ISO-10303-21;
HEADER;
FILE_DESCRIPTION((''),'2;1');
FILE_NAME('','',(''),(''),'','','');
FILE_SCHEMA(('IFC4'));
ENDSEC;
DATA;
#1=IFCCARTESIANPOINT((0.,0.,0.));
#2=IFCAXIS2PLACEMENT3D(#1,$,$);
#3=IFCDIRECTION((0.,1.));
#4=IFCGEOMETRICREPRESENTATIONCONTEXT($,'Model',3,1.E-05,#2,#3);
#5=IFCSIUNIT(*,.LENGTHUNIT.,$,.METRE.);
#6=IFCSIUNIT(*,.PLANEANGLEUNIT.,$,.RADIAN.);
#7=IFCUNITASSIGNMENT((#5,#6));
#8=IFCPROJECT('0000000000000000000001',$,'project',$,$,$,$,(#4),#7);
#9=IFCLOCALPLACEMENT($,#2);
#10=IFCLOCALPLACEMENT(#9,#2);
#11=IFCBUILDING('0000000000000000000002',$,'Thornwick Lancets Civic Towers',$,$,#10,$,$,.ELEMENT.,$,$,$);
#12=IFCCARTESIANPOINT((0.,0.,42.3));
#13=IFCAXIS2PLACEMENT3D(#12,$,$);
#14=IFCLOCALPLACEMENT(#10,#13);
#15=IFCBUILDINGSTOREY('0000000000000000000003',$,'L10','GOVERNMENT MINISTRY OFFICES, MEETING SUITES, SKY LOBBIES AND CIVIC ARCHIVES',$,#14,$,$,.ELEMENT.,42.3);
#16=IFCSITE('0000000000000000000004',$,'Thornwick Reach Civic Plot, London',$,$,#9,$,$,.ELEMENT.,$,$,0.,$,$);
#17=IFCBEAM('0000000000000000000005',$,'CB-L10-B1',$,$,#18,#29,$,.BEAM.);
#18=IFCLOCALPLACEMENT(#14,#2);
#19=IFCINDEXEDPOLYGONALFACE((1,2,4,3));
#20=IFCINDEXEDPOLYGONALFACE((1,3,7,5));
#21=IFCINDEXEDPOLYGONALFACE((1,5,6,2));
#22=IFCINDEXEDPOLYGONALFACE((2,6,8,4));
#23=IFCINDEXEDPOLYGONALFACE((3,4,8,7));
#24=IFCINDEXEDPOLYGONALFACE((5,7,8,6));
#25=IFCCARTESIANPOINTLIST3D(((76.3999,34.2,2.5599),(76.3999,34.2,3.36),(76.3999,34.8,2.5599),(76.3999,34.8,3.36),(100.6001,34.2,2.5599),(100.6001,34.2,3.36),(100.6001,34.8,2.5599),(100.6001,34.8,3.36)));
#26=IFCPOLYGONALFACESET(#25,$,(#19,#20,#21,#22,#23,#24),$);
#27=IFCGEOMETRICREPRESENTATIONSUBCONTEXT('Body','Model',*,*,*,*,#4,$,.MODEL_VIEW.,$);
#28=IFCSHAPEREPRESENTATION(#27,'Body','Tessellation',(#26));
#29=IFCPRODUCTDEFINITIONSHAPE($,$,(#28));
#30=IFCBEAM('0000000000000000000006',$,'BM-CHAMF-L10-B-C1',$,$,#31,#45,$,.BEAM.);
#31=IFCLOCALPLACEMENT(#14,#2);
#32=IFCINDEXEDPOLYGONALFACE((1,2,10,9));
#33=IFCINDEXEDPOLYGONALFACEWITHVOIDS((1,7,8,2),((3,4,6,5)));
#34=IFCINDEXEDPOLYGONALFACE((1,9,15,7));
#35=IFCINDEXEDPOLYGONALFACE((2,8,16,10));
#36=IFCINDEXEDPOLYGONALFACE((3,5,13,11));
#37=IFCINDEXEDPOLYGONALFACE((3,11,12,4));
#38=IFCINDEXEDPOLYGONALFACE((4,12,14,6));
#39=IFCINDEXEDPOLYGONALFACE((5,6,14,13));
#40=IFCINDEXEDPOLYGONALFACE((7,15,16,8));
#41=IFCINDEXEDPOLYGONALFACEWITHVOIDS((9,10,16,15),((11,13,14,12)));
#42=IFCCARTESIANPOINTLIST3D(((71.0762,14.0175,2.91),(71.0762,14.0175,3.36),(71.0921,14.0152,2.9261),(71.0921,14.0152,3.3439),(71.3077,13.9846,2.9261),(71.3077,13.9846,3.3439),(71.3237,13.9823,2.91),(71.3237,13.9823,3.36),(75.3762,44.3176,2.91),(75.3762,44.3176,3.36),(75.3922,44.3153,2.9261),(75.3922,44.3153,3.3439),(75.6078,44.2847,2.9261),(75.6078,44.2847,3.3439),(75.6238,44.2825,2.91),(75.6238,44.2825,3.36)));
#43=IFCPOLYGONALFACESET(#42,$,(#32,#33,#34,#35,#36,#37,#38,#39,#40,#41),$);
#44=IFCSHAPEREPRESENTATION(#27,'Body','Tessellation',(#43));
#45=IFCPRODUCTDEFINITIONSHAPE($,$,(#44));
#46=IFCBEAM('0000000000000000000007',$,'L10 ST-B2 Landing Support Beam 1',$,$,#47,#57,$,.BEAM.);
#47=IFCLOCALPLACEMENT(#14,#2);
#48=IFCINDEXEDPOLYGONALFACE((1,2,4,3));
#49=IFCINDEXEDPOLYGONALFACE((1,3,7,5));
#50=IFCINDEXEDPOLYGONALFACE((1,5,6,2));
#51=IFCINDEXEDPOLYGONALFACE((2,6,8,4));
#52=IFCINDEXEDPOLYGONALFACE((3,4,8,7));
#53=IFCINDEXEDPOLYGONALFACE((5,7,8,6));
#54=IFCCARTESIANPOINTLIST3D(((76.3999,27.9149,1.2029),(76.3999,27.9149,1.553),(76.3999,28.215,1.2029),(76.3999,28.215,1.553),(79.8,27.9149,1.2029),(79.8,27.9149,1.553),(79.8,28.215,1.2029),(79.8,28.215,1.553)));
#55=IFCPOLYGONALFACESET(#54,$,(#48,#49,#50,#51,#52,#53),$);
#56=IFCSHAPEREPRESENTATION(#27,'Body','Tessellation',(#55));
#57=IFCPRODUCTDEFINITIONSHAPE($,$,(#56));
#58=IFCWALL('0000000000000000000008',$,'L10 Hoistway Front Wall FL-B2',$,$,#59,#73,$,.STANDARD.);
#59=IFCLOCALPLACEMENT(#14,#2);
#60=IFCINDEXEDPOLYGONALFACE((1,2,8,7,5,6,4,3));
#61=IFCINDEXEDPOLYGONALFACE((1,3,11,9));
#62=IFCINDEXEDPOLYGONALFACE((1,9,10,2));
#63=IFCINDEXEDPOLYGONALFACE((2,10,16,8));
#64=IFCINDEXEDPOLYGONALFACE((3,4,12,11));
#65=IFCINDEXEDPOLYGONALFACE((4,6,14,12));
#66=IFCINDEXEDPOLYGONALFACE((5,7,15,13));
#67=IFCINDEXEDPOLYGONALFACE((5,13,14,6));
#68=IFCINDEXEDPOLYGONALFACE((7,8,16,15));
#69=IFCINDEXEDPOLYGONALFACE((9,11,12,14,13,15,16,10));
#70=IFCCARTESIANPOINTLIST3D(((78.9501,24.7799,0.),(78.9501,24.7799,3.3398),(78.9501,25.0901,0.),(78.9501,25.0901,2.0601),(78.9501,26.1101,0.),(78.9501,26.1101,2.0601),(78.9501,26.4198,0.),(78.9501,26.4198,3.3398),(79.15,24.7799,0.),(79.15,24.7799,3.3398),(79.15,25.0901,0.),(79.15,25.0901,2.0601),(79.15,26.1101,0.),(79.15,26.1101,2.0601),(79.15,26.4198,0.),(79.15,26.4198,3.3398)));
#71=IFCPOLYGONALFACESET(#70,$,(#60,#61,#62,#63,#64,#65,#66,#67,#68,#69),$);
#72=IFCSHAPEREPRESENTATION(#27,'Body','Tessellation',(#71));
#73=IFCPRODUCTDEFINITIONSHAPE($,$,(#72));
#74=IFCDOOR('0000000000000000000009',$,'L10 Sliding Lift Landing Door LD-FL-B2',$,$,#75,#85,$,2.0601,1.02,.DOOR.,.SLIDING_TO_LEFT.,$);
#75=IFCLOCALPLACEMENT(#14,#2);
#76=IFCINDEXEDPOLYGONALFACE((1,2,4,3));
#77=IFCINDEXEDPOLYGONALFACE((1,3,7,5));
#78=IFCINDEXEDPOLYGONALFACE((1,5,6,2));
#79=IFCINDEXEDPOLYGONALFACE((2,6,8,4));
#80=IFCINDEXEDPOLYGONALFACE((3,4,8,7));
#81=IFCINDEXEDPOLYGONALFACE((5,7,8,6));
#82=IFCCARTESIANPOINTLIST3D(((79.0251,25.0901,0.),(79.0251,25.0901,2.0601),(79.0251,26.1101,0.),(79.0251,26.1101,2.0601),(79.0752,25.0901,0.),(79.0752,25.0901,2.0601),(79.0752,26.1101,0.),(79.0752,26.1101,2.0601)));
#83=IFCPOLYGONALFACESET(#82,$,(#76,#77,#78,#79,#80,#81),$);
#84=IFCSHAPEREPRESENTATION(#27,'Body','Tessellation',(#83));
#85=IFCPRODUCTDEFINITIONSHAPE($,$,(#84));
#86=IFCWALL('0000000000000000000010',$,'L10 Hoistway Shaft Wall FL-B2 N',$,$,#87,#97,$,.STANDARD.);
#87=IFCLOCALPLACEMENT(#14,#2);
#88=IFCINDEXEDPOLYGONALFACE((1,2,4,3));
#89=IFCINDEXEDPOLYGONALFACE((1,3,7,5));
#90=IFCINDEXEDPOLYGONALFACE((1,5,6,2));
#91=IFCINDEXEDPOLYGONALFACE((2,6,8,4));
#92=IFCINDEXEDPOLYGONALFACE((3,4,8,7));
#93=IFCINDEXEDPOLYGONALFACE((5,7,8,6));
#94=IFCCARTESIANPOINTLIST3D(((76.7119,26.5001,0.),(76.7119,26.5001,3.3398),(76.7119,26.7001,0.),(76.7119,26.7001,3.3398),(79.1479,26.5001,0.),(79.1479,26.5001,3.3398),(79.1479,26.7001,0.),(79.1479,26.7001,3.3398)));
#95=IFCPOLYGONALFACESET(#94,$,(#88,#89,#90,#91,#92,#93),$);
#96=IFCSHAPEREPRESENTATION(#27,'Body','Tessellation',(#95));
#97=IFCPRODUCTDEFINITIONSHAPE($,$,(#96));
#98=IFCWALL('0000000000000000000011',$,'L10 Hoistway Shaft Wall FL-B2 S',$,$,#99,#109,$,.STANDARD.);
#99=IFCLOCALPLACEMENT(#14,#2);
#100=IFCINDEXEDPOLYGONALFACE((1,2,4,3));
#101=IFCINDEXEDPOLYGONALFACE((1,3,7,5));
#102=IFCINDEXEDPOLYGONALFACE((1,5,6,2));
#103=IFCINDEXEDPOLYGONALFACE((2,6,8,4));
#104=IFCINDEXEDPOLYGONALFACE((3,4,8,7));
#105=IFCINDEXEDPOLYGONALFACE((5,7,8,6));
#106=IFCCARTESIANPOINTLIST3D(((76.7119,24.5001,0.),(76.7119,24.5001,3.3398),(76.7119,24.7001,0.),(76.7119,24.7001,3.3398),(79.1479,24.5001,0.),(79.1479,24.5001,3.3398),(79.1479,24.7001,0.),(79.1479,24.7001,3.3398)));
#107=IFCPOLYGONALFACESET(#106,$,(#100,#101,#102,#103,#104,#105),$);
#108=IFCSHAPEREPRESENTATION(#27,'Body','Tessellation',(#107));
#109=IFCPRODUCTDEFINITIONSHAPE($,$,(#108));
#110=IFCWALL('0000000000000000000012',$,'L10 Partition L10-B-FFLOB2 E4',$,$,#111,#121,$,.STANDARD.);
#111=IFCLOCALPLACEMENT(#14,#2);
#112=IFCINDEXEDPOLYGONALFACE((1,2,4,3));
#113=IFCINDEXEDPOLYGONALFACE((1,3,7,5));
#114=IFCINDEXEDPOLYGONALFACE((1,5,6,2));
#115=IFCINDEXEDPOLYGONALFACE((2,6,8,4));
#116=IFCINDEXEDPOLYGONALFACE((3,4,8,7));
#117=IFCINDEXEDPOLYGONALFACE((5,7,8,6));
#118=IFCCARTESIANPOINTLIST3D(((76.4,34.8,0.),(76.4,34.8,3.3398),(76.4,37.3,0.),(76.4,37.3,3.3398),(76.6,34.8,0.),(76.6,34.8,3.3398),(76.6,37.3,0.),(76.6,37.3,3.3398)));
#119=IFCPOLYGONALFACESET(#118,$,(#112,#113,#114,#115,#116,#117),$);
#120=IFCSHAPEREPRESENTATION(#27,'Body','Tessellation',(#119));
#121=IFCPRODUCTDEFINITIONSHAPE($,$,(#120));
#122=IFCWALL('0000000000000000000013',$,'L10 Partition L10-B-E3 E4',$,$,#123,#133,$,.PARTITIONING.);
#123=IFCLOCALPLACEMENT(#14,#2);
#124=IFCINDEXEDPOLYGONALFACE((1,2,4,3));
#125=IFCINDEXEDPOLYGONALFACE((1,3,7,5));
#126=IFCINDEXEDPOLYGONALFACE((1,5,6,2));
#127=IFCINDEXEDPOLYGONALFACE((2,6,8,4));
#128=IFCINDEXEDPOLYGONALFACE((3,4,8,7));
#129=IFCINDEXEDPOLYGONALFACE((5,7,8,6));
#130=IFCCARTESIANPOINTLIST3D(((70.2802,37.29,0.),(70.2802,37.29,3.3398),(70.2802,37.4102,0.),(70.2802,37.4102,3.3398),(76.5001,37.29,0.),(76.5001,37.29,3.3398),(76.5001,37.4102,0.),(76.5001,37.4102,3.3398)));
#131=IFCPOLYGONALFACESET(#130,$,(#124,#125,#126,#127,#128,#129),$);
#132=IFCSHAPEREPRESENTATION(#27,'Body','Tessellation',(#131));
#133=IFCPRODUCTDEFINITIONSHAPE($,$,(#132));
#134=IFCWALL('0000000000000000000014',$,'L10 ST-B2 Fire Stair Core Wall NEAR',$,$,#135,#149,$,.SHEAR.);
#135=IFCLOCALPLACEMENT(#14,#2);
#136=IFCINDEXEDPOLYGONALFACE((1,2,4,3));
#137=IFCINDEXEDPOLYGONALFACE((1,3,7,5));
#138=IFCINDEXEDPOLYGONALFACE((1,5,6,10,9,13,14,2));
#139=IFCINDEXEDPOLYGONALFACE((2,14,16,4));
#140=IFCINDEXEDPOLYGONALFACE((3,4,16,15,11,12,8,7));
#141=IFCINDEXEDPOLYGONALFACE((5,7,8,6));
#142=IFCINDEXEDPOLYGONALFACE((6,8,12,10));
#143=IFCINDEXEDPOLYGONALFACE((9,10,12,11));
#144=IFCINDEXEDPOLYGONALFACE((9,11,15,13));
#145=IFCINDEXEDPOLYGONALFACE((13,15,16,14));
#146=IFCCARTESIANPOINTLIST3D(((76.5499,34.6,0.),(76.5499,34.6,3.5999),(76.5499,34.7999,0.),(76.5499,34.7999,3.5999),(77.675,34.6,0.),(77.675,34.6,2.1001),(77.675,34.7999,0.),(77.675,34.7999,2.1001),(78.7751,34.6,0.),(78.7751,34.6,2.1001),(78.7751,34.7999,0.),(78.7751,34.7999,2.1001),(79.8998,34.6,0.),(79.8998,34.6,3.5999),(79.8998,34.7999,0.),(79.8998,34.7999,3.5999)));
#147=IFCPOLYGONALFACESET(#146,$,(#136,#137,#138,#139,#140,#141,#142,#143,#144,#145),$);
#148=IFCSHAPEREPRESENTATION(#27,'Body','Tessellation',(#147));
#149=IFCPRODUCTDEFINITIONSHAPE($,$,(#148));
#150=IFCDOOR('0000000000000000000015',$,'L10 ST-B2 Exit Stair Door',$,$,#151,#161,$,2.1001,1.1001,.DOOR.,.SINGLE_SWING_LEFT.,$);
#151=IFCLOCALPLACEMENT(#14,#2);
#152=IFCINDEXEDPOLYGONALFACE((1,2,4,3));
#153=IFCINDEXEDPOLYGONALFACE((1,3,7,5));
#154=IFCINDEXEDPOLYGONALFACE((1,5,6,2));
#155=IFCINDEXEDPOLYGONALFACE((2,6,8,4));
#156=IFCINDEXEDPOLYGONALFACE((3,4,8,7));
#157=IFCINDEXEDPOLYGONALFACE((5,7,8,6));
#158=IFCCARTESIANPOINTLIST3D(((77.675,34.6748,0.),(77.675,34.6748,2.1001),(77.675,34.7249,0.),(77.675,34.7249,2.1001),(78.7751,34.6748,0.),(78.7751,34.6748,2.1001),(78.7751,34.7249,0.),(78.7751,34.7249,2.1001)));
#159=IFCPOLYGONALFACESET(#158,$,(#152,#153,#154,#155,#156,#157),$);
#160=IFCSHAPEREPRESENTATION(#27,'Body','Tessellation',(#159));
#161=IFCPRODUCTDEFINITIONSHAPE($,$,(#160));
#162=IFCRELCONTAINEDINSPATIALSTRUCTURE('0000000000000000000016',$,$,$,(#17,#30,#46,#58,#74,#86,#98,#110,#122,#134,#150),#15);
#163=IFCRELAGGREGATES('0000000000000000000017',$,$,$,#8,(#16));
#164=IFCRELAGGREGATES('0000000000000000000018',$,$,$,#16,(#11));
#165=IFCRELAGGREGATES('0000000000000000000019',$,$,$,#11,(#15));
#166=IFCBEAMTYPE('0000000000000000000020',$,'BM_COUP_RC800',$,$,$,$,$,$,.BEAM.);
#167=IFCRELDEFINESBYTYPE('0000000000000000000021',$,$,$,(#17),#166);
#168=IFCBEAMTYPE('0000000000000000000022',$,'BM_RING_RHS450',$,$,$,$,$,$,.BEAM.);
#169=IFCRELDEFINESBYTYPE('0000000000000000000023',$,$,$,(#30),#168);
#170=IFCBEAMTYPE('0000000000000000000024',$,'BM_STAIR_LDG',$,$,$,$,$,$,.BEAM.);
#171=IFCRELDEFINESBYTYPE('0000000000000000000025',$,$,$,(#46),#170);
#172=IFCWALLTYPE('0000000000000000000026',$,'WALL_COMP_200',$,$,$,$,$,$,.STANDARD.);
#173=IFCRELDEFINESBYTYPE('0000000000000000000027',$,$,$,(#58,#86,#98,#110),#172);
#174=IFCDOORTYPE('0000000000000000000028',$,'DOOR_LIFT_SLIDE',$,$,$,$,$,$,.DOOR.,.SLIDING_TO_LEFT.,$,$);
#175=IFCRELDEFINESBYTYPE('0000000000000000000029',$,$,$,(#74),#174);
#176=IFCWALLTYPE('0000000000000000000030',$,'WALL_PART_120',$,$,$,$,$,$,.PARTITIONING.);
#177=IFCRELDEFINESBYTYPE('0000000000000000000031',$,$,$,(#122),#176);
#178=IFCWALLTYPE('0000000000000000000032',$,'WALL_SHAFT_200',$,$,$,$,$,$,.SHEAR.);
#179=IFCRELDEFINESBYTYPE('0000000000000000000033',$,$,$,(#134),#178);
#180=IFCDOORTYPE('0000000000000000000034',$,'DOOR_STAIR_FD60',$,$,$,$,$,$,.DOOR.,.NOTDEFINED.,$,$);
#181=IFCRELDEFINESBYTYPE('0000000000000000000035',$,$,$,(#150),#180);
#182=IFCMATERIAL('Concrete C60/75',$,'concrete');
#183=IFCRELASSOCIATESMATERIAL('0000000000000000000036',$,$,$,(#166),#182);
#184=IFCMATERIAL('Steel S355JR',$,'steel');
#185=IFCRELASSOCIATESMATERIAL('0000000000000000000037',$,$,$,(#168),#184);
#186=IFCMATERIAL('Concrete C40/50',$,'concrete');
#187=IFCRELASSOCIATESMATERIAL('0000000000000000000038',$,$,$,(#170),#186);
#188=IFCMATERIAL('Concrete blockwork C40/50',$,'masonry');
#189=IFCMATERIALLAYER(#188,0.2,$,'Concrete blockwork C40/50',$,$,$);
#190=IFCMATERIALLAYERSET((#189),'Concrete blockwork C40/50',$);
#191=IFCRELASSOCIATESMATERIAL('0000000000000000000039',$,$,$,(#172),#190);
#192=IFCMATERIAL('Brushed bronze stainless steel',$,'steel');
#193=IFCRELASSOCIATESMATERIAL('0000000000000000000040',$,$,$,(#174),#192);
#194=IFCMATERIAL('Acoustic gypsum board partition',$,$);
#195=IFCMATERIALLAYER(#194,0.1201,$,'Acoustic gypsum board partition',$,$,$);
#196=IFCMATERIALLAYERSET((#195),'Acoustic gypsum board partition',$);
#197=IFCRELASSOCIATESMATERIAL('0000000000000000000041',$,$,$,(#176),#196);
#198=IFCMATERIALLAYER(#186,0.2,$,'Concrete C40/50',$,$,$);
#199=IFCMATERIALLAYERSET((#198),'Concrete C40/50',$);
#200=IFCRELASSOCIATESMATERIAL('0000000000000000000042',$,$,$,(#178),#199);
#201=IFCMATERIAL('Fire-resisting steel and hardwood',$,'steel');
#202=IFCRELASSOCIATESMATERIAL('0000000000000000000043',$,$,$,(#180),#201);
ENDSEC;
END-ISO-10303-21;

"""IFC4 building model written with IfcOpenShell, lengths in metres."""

from ifc_helpers import new_model, si_unit, direction, frame, frame_2d, origin, origin_2d, place, context, subcontext, project, spatial, rectangle, hollow_rectangle, extrude, material, layer, layer_set, material_profile, profile_set, type_object, element, fill, save


model = new_model("IFC4")

# Units and contexts
model_context = context("Model", 3, precision=1e-05, world=origin(), true_north=direction((0.0, 1.0)))
body_context = subcontext(model_context, "Body", "Model", "MODEL_VIEW")
ifc_project = project(units=[si_unit("LENGTHUNIT", "METRE"), si_unit("PLANEANGLEUNIT", "RADIAN")], contexts=[model_context])

# Site, building, storey
site_placement = place(None, origin())
site = spatial("IfcSite", under=ifc_project, at=site_placement, Name="Thornwick Reach Civic Plot, London", CompositionType="ELEMENT", RefElevation=0.0)
building_placement = place(site_placement, origin())
building = spatial("IfcBuilding", under=site, at=building_placement, Name="Thornwick Lancets Civic Towers", CompositionType="ELEMENT")
storey_placement = place(building_placement, frame((0.0, 0.0, 42.3)))
storey = spatial("IfcBuildingStorey", under=building, at=storey_placement, Name="L10", Description="GOVERNMENT MINISTRY OFFICES, MEETING SUITES, SKY LOBBIES AND CIVIC ARCHIVES", CompositionType="ELEMENT", Elevation=42.3)

# Beams
ifc_material_1 = material(Name="Concrete C60/75", Category="concrete")
ifc_material_profile_1 = material_profile(ifc_material_1, rectangle(XDim=0.6001, YDim=0.8, at=origin_2d()), Name="RC 600x800")
ifc_profile_set_1 = profile_set([ifc_material_profile_1], Name="Concrete C60/75")
beam_type_1 = type_object("IfcBeamType", Name="BM_COUP_RC800", PredefinedType="BEAM", material=ifc_profile_set_1)
beam_1_placement = place(storey_placement, frame((76.3999, 34.5, 2.96), z_axis=(1.0, 0.0, 0.0), x_axis=(0.0, 1.0, 0.0)))
element("IfcBeam", 1, at=beam_1_placement, inside=storey, type_object=beam_type_1, Name="CB-L10-B1", PredefinedType="BEAM", context=body_context, shape_type="SweptSolid", body=[
    extrude(rectangle(XDim=0.6001, YDim=0.8, at=origin_2d()), origin(), (0.0, 0.0, 1.0), 24.2002),
])
ifc_material_2 = material(Name="Steel S355JR", Category="steel")
ifc_material_profile_2 = material_profile(ifc_material_2, hollow_rectangle(XDim=0.25, YDim=0.45, WallThickness=0.0161, at=origin_2d()), Name="RHS 450x250x16")
ifc_profile_set_2 = profile_set([ifc_material_profile_2], Name="Steel S355JR")
beam_type_2 = type_object("IfcBeamType", Name="BM_RING_RHS450", PredefinedType="BEAM", material=ifc_profile_set_2)
beam_2_placement = place(storey_placement, frame((75.5, 44.3, 3.135), z_axis=(-0.140508, -0.99008, 0.0), x_axis=(0.99008, -0.140508, 0.0)))
element("IfcBeam", 2, at=beam_2_placement, inside=storey, type_object=beam_type_2, Name="BM-CHAMF-L10-B-C1", PredefinedType="BEAM", context=body_context, shape_type="SweptSolid", body=[
    extrude(hollow_rectangle(XDim=0.25, YDim=0.45, WallThickness=0.0161, at=origin_2d()), origin(), (0.0, 0.0, 1.0), 30.6038),
])
ifc_material_3 = material(Name="Concrete C40/50", Category="concrete")
ifc_material_profile_3 = material_profile(ifc_material_3, rectangle(XDim=0.3, YDim=0.3501, at=origin_2d()), Name="RC 300x350")
ifc_profile_set_3 = profile_set([ifc_material_profile_3], Name="Concrete C40/50")
beam_type_3 = type_object("IfcBeamType", Name="BM_STAIR_LDG", PredefinedType="BEAM", material=ifc_profile_set_3)
beam_3_placement = place(storey_placement, frame((76.3999, 28.0649, 1.3779), z_axis=(1.0, 0.0, 0.0), x_axis=(0.0, 1.0, 0.0)))
element("IfcBeam", 3, at=beam_3_placement, inside=storey, type_object=beam_type_3, Name="L10 ST-B2 Landing Support Beam 1", PredefinedType="BEAM", context=body_context, shape_type="SweptSolid", body=[
    extrude(rectangle(XDim=0.3, YDim=0.3501, at=origin_2d()), origin(), (0.0, 0.0, 1.0), 3.4001),
])

# Wall, opening, door
ifc_material_4 = material(Name="Concrete blockwork C40/50", Category="masonry")
ifc_layer_1 = layer(ifc_material_4, 0.2, Name="Concrete blockwork C40/50")
ifc_layer_set_1 = layer_set([ifc_layer_1], Name="Concrete blockwork C40/50")
wall_type_1 = type_object("IfcWallType", Name="WALL_COMP_200", PredefinedType="STANDARD", material=ifc_layer_set_1)
wall_1_placement = place(storey_placement, frame((79.05, 24.78, 0.0), z_axis=(0.0, 0.0, 1.0), x_axis=(0.0, 1.0, 0.0)))
wall_1 = element("IfcWall", 4, at=wall_1_placement, inside=storey, type_object=wall_type_1, Name="L10 Hoistway Front Wall FL-B2", PredefinedType="STANDARD", context=body_context, shape_type="SweptSolid", body=[
    extrude(rectangle(XDim=1.6399, YDim=0.2, at=frame_2d((0.8198, 0.0))), origin(), (0.0, 0.0, 1.0), 3.3398),
])
opening_1_placement = place(wall_1_placement, frame((0.3101, 0.0, 0.0)))
opening_1 = element("IfcOpeningElement", 5, at=opening_1_placement, cuts=wall_1, PredefinedType="OPENING", context=body_context, shape_type="SweptSolid", body=[
    extrude(rectangle(XDim=1.02, YDim=2.0601, at=frame_2d((0.51, 1.03))), frame((0.0, 0.1099, 0.0), z_axis=(0.0, -1.0, 0.0), x_axis=(1.0, 0.0, 0.0)), (0.0, 0.0, 1.0), 0.22),
])
ifc_material_5 = material(Name="Brushed bronze stainless steel", Category="steel")
door_type_1 = type_object("IfcDoorType", Name="DOOR_LIFT_SLIDE", OperationType="SLIDING_TO_LEFT", PredefinedType="DOOR", material=ifc_material_5)
door_1_placement = place(opening_1_placement, origin())
door_1 = element("IfcDoor", 6, at=door_1_placement, inside=storey, type_object=door_type_1, Name="L10 Sliding Lift Landing Door LD-FL-B2", OperationType="SLIDING_TO_LEFT", OverallHeight=2.0601, OverallWidth=1.02, PredefinedType="DOOR", context=body_context, shape_type="SweptSolid", body=[
    extrude(rectangle(XDim=1.02, YDim=2.0601, at=frame_2d((0.51, 1.03))), frame((0.0, 0.0249, 0.0), z_axis=(0.0, -1.0, 0.0), x_axis=(1.0, 0.0, 0.0)), (0.0, 0.0, 1.0), 0.05),
])
fill(opening_1, door_1)

# Walls
for number, where, z_axis, x_axis, name in (
    (7, (76.7119, 26.6001, 0.0), (0.0, 0.0, 1.0), (1.0, 0.0, 0.0), "L10 Hoistway Shaft Wall FL-B2 N"),
    (8, (76.7119, 24.6001, 0.0), (0.0, 0.0, 1.0), (1.0, 0.0, 0.0), "L10 Hoistway Shaft Wall FL-B2 S"),
):
    element("IfcWall", number, at=place(storey_placement, frame(where, z_axis=z_axis, x_axis=x_axis)), inside=storey, type_object=wall_type_1, Name=name, PredefinedType="STANDARD", context=body_context, shape_type="SweptSolid", body=[
        extrude(rectangle(XDim=2.436, YDim=0.2, at=frame_2d((1.218, 0.0))), origin(), (0.0, 0.0, 1.0), 3.3398),
    ])
wall_2_placement = place(storey_placement, frame((76.5, 37.3, 0.0), z_axis=(0.0, 0.0, 1.0), x_axis=(0.0, -1.0, 0.0)))
element("IfcWall", 9, at=wall_2_placement, inside=storey, type_object=wall_type_1, Name="L10 Partition L10-B-FFLOB2 E4", PredefinedType="STANDARD", context=body_context, shape_type="SweptSolid", body=[
    extrude(rectangle(XDim=2.5, YDim=0.2, at=frame_2d((1.25, 0.0))), origin(), (0.0, 0.0, 1.0), 3.3398),
])
ifc_material_6 = material(Name="Acoustic gypsum board partition")
ifc_layer_2 = layer(ifc_material_6, 0.1201, Name="Acoustic gypsum board partition")
ifc_layer_set_2 = layer_set([ifc_layer_2], Name="Acoustic gypsum board partition")
wall_type_2 = type_object("IfcWallType", Name="WALL_PART_120", PredefinedType="PARTITIONING", material=ifc_layer_set_2)
wall_3_placement = place(storey_placement, frame((76.5, 37.3501, 0.0), z_axis=(0.0, 0.0, 1.0), x_axis=(-1.0, 0.0, 0.0)))
element("IfcWall", 10, at=wall_3_placement, inside=storey, type_object=wall_type_2, Name="L10 Partition L10-B-E3 E4", PredefinedType="PARTITIONING", context=body_context, shape_type="SweptSolid", body=[
    extrude(rectangle(XDim=6.22, YDim=0.1201, at=frame_2d((3.1099, 0.0))), origin(), (0.0, 0.0, 1.0), 3.3398),
])

# Wall, opening, door
ifc_layer_3 = layer(ifc_material_3, 0.2, Name="Concrete C40/50")
ifc_layer_set_3 = layer_set([ifc_layer_3], Name="Concrete C40/50")
wall_type_3 = type_object("IfcWallType", Name="WALL_SHAFT_200", PredefinedType="SHEAR", material=ifc_layer_set_3)
wall_4_placement = place(storey_placement, frame((76.55, 34.7, 0.0), z_axis=(0.0, 0.0, 1.0), x_axis=(1.0, 0.0, 0.0)))
wall_4 = element("IfcWall", 11, at=wall_4_placement, inside=storey, type_object=wall_type_3, Name="L10 ST-B2 Fire Stair Core Wall NEAR", PredefinedType="SHEAR", context=body_context, shape_type="SweptSolid", body=[
    extrude(rectangle(XDim=3.3499, YDim=0.2, at=frame_2d((1.6748, 0.0))), origin(), (0.0, 0.0, 1.0), 3.5999),
])
opening_2_placement = place(wall_4_placement, frame((1.125, 0.0, 0.0)))
opening_2 = element("IfcOpeningElement", 12, at=opening_2_placement, cuts=wall_4, PredefinedType="OPENING", context=body_context, shape_type="SweptSolid", body=[
    extrude(rectangle(XDim=1.1001, YDim=2.1001, at=frame_2d((0.55, 1.05))), frame((0.0, 0.1099, 0.0), z_axis=(0.0, -1.0, 0.0), x_axis=(1.0, 0.0, 0.0)), (0.0, 0.0, 1.0), 0.22),
])
ifc_material_7 = material(Name="Fire-resisting steel and hardwood", Category="steel")
door_type_2 = type_object("IfcDoorType", Name="DOOR_STAIR_FD60", OperationType="NOTDEFINED", PredefinedType="DOOR", material=ifc_material_7)
door_2_placement = place(opening_2_placement, origin())
door_2 = element("IfcDoor", 13, at=door_2_placement, inside=storey, type_object=door_type_2, Name="L10 ST-B2 Exit Stair Door", OperationType="SINGLE_SWING_LEFT", OverallHeight=2.1001, OverallWidth=1.1001, PredefinedType="DOOR", context=body_context, shape_type="SweptSolid", body=[
    extrude(rectangle(XDim=1.1001, YDim=2.1001, at=frame_2d((0.55, 1.05))), frame((0.0, 0.0249, 0.0), z_axis=(0.0, -1.0, 0.0), x_axis=(1.0, 0.0, 0.0)), (0.0, 0.0, 1.0), 0.05),
])
fill(opening_2, door_2)

save(model, "model.ifc")
